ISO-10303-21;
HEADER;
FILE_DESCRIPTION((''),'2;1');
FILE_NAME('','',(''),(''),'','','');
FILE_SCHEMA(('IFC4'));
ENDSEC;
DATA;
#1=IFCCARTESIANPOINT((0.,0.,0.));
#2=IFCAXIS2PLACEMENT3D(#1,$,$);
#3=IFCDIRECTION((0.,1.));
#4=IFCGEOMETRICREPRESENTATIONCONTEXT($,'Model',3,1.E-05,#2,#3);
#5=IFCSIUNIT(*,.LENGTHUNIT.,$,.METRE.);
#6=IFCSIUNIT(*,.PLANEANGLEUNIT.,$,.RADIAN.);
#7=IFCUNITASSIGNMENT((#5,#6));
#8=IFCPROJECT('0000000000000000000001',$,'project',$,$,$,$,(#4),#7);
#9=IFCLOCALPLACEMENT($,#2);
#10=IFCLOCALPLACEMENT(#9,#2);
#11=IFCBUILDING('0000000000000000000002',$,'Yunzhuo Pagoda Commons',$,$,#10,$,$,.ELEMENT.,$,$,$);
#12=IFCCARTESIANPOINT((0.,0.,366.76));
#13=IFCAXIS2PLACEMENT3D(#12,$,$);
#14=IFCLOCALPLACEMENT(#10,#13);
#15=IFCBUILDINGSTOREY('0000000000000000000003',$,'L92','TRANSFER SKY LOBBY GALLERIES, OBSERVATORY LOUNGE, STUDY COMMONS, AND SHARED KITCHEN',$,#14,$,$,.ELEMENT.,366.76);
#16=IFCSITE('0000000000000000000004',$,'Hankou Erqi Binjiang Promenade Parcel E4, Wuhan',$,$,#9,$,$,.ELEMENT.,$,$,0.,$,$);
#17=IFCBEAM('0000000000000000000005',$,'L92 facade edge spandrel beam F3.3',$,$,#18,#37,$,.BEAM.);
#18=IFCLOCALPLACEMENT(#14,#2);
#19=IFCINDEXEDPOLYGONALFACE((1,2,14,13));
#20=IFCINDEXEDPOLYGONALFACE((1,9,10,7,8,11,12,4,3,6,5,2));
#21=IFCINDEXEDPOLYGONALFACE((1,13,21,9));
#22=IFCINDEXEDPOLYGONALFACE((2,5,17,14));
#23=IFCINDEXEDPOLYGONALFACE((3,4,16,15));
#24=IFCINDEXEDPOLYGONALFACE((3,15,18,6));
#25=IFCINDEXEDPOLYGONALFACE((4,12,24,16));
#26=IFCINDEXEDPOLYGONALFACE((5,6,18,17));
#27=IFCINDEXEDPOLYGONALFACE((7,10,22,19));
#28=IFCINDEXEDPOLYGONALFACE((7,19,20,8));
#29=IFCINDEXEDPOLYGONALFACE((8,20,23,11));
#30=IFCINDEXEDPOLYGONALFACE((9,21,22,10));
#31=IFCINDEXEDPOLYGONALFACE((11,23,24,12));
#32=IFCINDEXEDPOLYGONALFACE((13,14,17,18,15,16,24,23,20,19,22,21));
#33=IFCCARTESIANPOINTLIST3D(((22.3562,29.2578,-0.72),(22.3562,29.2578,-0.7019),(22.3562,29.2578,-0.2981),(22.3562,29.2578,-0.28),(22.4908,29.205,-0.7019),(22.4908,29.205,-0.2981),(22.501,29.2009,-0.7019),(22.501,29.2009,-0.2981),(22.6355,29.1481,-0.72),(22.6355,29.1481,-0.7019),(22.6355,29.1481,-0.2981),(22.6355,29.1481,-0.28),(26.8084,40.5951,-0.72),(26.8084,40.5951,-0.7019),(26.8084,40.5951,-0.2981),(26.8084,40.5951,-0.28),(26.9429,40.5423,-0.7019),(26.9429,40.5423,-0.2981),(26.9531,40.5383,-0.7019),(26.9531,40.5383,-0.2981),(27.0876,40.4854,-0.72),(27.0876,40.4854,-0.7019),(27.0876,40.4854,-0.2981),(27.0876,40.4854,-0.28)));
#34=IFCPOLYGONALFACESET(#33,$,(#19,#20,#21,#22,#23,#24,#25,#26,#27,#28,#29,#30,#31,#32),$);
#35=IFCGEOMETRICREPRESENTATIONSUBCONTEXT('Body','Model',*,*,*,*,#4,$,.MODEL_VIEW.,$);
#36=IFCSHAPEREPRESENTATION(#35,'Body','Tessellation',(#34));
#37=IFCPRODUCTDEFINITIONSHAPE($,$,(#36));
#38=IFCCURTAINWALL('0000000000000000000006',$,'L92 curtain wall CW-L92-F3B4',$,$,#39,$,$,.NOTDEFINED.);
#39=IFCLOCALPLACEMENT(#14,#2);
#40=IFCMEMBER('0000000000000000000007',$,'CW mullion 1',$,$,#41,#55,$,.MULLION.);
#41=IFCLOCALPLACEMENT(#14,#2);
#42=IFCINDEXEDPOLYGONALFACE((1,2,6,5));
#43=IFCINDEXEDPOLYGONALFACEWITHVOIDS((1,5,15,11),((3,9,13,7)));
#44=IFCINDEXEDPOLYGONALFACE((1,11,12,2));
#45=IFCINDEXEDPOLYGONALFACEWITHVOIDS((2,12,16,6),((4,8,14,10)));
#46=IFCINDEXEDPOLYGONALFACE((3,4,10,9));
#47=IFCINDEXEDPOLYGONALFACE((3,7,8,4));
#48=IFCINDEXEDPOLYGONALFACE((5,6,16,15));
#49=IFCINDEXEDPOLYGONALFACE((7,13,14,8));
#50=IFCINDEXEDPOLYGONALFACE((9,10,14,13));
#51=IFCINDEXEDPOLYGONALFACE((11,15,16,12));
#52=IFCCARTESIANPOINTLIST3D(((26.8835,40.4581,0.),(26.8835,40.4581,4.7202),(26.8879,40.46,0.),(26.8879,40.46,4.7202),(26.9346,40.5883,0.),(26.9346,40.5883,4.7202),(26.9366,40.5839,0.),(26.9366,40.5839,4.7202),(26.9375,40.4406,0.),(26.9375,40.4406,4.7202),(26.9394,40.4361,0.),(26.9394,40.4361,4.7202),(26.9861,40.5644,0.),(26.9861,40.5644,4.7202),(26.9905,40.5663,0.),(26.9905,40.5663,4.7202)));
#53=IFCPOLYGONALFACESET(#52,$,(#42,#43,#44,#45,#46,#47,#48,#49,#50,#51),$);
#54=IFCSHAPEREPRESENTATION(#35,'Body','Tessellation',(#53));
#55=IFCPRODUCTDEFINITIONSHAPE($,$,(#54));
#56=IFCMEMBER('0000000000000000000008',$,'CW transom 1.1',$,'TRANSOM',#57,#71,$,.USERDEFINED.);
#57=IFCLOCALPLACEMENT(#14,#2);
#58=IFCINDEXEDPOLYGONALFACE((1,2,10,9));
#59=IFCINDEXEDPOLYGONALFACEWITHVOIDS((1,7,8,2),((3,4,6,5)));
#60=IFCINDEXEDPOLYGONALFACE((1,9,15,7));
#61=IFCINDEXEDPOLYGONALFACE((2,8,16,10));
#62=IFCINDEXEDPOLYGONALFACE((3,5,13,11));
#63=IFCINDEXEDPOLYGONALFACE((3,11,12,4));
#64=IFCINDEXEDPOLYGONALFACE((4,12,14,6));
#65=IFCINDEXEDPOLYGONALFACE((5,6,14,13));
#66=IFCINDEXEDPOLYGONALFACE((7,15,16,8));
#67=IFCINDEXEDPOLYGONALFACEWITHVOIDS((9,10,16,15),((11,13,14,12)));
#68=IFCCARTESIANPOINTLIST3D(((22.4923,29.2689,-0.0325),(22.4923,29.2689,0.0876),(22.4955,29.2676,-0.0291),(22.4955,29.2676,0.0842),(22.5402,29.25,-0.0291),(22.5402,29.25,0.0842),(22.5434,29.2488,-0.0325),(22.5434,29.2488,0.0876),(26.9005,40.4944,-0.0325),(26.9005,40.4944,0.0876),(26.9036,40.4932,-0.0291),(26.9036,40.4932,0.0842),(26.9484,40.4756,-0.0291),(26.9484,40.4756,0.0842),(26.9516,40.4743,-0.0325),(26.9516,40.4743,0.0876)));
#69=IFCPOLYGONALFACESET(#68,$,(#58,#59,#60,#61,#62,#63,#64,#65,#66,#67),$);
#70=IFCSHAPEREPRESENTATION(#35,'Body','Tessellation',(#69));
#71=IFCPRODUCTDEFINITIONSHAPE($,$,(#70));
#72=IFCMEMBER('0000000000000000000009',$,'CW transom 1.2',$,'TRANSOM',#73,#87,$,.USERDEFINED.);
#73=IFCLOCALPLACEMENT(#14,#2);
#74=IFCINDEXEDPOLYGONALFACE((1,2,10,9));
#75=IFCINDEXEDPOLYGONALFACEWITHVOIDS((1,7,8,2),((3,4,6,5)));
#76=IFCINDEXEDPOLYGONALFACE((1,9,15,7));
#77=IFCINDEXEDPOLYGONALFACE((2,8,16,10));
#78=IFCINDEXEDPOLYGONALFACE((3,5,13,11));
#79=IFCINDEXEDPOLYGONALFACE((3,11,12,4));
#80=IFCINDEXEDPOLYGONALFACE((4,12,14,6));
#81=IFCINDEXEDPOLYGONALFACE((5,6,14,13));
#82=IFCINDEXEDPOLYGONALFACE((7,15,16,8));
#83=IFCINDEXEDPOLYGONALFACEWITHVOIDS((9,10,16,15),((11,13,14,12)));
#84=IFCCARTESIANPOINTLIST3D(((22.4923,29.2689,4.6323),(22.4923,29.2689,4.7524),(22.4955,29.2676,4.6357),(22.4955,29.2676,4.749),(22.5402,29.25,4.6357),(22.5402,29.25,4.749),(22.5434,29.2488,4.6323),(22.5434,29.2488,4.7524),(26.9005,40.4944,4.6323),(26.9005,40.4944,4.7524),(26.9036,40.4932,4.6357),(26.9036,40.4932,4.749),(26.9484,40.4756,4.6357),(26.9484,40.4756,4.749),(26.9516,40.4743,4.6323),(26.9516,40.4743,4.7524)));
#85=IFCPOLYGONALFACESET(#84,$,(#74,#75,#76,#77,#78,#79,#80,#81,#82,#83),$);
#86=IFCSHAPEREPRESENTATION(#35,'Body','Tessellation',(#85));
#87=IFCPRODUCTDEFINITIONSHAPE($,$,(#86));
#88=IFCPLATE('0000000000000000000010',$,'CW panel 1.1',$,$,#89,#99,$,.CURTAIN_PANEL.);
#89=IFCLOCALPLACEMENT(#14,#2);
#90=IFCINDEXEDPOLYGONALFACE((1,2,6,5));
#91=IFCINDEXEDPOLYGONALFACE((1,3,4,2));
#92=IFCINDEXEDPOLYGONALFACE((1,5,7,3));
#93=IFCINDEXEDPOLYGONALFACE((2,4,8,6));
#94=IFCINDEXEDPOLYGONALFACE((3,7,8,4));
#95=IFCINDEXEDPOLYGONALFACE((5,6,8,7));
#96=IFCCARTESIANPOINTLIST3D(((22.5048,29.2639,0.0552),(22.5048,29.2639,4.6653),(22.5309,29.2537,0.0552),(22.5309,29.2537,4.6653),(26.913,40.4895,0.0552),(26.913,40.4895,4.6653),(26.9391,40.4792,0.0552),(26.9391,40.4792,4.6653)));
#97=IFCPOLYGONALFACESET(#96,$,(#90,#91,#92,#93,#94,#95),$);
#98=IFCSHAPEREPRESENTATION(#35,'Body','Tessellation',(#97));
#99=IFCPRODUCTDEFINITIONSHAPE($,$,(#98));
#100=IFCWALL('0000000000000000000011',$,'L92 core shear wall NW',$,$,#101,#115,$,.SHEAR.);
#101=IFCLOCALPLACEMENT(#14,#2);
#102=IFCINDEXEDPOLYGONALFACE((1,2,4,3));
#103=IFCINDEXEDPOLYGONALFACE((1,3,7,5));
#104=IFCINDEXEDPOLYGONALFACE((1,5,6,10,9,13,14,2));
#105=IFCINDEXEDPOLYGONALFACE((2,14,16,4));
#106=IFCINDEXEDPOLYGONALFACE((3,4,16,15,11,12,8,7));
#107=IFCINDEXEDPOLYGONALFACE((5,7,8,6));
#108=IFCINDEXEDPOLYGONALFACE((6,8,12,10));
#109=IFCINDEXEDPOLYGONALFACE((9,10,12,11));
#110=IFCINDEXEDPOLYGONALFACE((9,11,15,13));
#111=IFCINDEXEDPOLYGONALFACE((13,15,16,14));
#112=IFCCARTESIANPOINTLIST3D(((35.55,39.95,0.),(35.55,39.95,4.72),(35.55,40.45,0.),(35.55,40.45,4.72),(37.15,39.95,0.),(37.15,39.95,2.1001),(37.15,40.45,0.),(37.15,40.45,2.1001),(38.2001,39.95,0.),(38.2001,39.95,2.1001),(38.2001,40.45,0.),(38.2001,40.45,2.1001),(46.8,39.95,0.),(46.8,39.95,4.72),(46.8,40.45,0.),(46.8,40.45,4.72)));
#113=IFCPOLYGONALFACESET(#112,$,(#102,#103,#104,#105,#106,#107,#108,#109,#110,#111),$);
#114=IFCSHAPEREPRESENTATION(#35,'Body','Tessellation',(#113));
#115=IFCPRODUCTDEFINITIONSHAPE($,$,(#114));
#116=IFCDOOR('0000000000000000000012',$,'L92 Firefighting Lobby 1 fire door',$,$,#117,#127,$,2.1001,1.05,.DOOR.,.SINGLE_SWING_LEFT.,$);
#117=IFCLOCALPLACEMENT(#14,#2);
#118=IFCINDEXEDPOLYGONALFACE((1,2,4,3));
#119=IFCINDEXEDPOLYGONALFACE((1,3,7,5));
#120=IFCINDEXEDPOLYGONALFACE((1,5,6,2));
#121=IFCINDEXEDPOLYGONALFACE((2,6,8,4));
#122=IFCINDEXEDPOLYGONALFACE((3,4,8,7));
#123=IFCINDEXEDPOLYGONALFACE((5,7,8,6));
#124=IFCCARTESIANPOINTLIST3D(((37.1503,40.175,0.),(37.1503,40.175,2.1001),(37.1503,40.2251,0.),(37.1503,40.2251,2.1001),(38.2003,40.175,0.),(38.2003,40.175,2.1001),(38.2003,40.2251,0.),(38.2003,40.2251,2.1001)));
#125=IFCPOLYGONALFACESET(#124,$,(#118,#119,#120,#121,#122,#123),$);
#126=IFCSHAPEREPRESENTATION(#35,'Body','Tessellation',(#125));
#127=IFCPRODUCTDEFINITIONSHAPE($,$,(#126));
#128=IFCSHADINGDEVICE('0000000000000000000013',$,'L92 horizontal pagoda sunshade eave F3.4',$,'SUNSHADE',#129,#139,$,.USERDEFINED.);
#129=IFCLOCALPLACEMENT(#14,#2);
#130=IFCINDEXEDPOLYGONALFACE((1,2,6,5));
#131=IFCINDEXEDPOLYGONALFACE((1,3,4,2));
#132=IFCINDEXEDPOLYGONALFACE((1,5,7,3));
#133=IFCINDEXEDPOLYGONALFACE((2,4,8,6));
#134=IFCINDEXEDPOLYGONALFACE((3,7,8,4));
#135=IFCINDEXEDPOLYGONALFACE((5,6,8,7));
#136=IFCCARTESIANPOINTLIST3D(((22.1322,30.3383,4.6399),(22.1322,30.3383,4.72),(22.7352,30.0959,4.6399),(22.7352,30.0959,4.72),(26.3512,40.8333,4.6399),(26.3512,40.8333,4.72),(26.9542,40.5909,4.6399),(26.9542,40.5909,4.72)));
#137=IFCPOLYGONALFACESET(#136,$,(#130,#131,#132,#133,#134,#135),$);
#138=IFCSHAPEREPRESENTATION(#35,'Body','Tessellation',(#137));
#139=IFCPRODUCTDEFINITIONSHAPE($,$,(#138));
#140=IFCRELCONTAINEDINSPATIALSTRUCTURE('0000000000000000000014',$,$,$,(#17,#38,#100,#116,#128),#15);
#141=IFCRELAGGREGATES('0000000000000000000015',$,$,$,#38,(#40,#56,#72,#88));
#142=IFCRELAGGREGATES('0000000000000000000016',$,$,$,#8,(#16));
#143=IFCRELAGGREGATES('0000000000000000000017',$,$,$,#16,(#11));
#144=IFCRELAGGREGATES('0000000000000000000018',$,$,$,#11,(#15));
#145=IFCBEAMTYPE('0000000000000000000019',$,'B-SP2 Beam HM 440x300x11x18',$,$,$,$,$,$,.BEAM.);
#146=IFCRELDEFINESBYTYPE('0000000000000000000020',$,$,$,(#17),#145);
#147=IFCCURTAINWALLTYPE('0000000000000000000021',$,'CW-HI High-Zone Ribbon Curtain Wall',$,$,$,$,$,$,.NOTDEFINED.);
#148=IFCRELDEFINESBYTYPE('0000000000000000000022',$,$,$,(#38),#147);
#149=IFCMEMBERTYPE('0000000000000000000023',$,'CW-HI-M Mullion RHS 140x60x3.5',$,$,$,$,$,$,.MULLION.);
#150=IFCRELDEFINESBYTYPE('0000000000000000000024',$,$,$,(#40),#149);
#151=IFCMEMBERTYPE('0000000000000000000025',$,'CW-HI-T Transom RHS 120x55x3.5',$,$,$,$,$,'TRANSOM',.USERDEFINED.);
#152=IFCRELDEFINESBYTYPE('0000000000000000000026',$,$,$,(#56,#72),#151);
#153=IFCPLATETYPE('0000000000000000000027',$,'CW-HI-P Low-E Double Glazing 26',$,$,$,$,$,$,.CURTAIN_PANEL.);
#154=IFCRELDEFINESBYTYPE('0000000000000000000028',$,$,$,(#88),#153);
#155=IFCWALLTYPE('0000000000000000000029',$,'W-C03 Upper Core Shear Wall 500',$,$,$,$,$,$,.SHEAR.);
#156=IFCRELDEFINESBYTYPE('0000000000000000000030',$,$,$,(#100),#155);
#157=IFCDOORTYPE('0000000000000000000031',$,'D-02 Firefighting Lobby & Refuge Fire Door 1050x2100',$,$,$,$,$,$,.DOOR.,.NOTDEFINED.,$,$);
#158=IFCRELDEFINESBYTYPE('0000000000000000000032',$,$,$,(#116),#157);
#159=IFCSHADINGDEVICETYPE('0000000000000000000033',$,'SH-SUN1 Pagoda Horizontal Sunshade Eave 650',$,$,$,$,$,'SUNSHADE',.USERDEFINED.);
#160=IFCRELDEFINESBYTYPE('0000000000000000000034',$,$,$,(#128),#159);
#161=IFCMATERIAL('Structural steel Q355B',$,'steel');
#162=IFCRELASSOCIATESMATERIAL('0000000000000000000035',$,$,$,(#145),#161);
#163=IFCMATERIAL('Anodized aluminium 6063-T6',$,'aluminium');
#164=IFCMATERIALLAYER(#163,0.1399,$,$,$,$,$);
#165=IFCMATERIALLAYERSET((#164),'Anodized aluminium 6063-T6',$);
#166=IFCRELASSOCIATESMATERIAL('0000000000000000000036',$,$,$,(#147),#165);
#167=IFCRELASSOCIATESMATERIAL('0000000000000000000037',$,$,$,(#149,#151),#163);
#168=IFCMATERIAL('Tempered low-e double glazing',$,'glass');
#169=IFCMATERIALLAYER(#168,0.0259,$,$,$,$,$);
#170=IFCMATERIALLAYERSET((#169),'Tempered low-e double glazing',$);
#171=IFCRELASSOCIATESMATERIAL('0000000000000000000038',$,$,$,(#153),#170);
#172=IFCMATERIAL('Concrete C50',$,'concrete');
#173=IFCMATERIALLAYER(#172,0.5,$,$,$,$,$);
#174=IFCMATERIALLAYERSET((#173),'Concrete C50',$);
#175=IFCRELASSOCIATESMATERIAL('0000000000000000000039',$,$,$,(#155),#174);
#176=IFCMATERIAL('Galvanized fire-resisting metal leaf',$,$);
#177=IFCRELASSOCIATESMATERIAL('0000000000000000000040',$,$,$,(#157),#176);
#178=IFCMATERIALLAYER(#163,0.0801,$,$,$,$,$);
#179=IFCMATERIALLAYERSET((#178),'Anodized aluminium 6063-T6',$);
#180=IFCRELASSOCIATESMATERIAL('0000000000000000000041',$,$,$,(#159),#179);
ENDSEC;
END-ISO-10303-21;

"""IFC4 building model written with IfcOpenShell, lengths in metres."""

from ifc_helpers import new_model, si_unit, direction, frame, frame_2d, origin, origin_2d, place, context, subcontext, project, spatial, rectangle, hollow_rectangle, i_section, extrude, source, transform, mapped, material, layer, layer_set, material_profile, profile_set, type_object, element, fill, aggregate, save


model = new_model("IFC4")

# Units and contexts
model_context = context("Model", 3, precision=1e-05, world=origin(), true_north=direction((0.0, 1.0)))
body_context = subcontext(model_context, "Body", "Model", "MODEL_VIEW")
ifc_project = project(units=[si_unit("LENGTHUNIT", "METRE"), si_unit("PLANEANGLEUNIT", "RADIAN")], contexts=[model_context])

# Site, building, storey
site_placement = place(None, origin())
site = spatial("IfcSite", under=ifc_project, at=site_placement, Name="Hankou Erqi Binjiang Promenade Parcel E4, Wuhan", CompositionType="ELEMENT", RefElevation=0.0)
building_placement = place(site_placement, origin())
building = spatial("IfcBuilding", under=site, at=building_placement, Name="Yunzhuo Pagoda Commons", CompositionType="ELEMENT")
storey_placement = place(building_placement, frame((0.0, 0.0, 366.76)))
storey = spatial("IfcBuildingStorey", under=building, at=storey_placement, Name="L92", Description="TRANSFER SKY LOBBY GALLERIES, OBSERVATORY LOUNGE, STUDY COMMONS, AND SHARED KITCHEN", CompositionType="ELEMENT", Elevation=366.76)

# Shared definitions
ifc_material_1 = material(Name="Structural steel Q355B", Category="steel")

# Beam
ifc_material_profile_1 = material_profile(ifc_material_1, i_section(OverallWidth=0.3, OverallDepth=0.4399, WebThickness=0.011, FlangeThickness=0.0181, at=origin_2d()), Name="Structural steel Q355B")
ifc_profile_set_1 = profile_set([ifc_material_profile_1], Name="Structural steel Q355B")
beam_type_1 = type_object("IfcBeamType", Name="B-SP2 Beam HM 440x300x11x18", PredefinedType="BEAM", material=ifc_profile_set_1)
shared_shape_1 = source(origin(), body_context, "Body", "SweptSolid", [
    extrude(i_section(OverallWidth=0.3, OverallDepth=0.4399, WebThickness=0.011, FlangeThickness=0.0181, at=origin_2d()), origin(), (0.0, 0.0, 1.0), 12.1802),
])
beam_1_placement = place(storey_placement, frame((26.948, 40.5403, -0.5), z_axis=(-0.365522, -0.930803, 0.0), x_axis=(0.930803, -0.365522, 0.0)))
element("IfcBeam", 1, at=beam_1_placement, inside=storey, type_object=beam_type_1, Name="L92 facade edge spandrel beam F3.3", PredefinedType="BEAM", context=body_context, shape_type="MappedRepresentation", body=[
    mapped(shared_shape_1, transform((0.0, 0.0, 0.0), scale=1.0)),
])

# Curtain wall, members, plate
ifc_material_2 = material(Name="Anodized aluminium 6063-T6", Category="aluminium")
ifc_layer_1 = layer(ifc_material_2, 0.1399)
ifc_layer_set_1 = layer_set([ifc_layer_1], Name="Anodized aluminium 6063-T6")
curtain_wall_type = type_object("IfcCurtainWallType", Name="CW-HI High-Zone Ribbon Curtain Wall", PredefinedType="NOTDEFINED", material=ifc_layer_set_1)
curtain_wall_placement = place(storey_placement, origin())
curtain_wall = element("IfcCurtainWall", 2, at=curtain_wall_placement, inside=storey, type_object=curtain_wall_type, Name="L92 curtain wall CW-L92-F3B4", PredefinedType="NOTDEFINED")
ifc_material_profile_2 = material_profile(ifc_material_2, hollow_rectangle(XDim=0.0601, YDim=0.1399, WallThickness=0.0034, at=origin_2d()), Name="Anodized aluminium 6063-T6")
ifc_profile_set_2 = profile_set([ifc_material_profile_2], Name="Anodized aluminium 6063-T6")
member_type_1 = type_object("IfcMemberType", Name="CW-HI-M Mullion RHS 140x60x3.5", PredefinedType="MULLION", material=ifc_profile_set_2)
shared_shape_2 = source(origin(), body_context, "Body", "SweptSolid", [
    extrude(hollow_rectangle(XDim=0.0601, YDim=0.1399, WallThickness=0.0034, at=origin_2d()), origin(), (0.0, 0.0, 1.0), 4.7202),
])
member_1_placement = place(storey_placement, frame((26.937, 40.5122, 0.0), z_axis=(0.0, 0.0, 1.0), x_axis=(0.930803, -0.365522, 0.0)))
member_1 = element("IfcMember", 3, at=member_1_placement, type_object=member_type_1, Name="CW mullion 1", PredefinedType="MULLION", context=body_context, shape_type="MappedRepresentation", body=[
    mapped(shared_shape_2, transform((0.0, 0.0, 0.0), scale=1.0)),
])
ifc_material_profile_3 = material_profile(ifc_material_2, hollow_rectangle(XDim=0.0549, YDim=0.1201, WallThickness=0.0034, at=origin_2d()), Name="Anodized aluminium 6063-T6")
ifc_profile_set_3 = profile_set([ifc_material_profile_3], Name="Anodized aluminium 6063-T6")
member_type_2 = type_object("IfcMemberType", Name="CW-HI-T Transom RHS 120x55x3.5", ElementType="TRANSOM", PredefinedType="USERDEFINED", material=ifc_profile_set_3)
shared_shape_3 = source(origin(), body_context, "Body", "SweptSolid", [
    extrude(hollow_rectangle(XDim=0.0549, YDim=0.1201, WallThickness=0.0034, at=origin_2d()), origin(), (0.0, 0.0, 1.0), 12.0601),
])
member_2_placement = place(storey_placement, frame((26.926, 40.4844, 0.0276), z_axis=(-0.36552, -0.930804, 0.0), x_axis=(0.930804, -0.36552, 0.0)))
member_2 = element("IfcMember", 4, at=member_2_placement, type_object=member_type_2, Name="CW transom 1.1", ObjectType="TRANSOM", PredefinedType="USERDEFINED", context=body_context, shape_type="MappedRepresentation", body=[
    mapped(shared_shape_3, transform((0.0, 0.0, 0.0), scale=1.0)),
])
member_3_placement = place(storey_placement, frame((26.926, 40.4844, 4.6924), z_axis=(-0.36552, -0.930804, 0.0), x_axis=(0.930804, -0.36552, 0.0)))
member_3 = element("IfcMember", 5, at=member_3_placement, type_object=member_type_2, Name="CW transom 1.2", ObjectType="TRANSOM", PredefinedType="USERDEFINED", context=body_context, shape_type="MappedRepresentation", body=[
    mapped(shared_shape_3, transform((0.0, 0.0, 0.0), scale=1.0)),
])
ifc_material_3 = material(Name="Tempered low-e double glazing", Category="glass")
ifc_layer_2 = layer(ifc_material_3, 0.0259)
ifc_layer_set_2 = layer_set([ifc_layer_2], Name="Tempered low-e double glazing")
plate_type = type_object("IfcPlateType", Name="CW-HI-P Low-E Double Glazing 26", PredefinedType="CURTAIN_PANEL", material=ifc_layer_set_2)
shared_shape_4 = source(origin(), body_context, "Body", "SweptSolid", [
    extrude(rectangle(XDim=12.0601, YDim=0.0281, at=origin_2d()), origin(), (0.0, 0.0, 1.0), 4.6101),
])
plate_placement = place(storey_placement, frame((24.7219, 34.8716, 0.0552), z_axis=(0.0, 0.0, 1.0), x_axis=(-0.365522, -0.930803, 0.0)))
plate = element("IfcPlate", 6, at=plate_placement, type_object=plate_type, Name="CW panel 1.1", PredefinedType="CURTAIN_PANEL", context=body_context, shape_type="MappedRepresentation", body=[
    mapped(shared_shape_4, transform((0.0, 0.0, 0.0), scale=1.0)),
])
aggregate(curtain_wall, [member_1, member_2, member_3, plate])

# Wall, opening, door
ifc_material_4 = material(Name="Concrete C50", Category="concrete")
ifc_layer_3 = layer(ifc_material_4, 0.5)
ifc_layer_set_3 = layer_set([ifc_layer_3], Name="Concrete C50")
wall_type = type_object("IfcWallType", Name="W-C03 Upper Core Shear Wall 500", PredefinedType="SHEAR", material=ifc_layer_set_3)
wall_placement = place(storey_placement, frame((35.55, 40.2, 0.0), z_axis=(0.0, 0.0, 1.0), x_axis=(1.0, 0.0, 0.0)))
wall = element("IfcWall", 7, at=wall_placement, inside=storey, type_object=wall_type, Name="L92 core shear wall NW", PredefinedType="SHEAR", context=body_context, shape_type="SweptSolid", body=[
    extrude(rectangle(XDim=11.25, YDim=0.5, at=frame_2d((5.625, 0.0))), origin(), (0.0, 0.0, 1.0), 4.72),
])
opening_placement = place(wall_placement, frame((1.6001, 0.0, 0.0)))
opening = element("IfcOpeningElement", 8, at=opening_placement, cuts=wall, PredefinedType="OPENING", context=body_context, shape_type="SweptSolid", body=[
    extrude(rectangle(XDim=1.05, YDim=2.1001, at=frame_2d((0.5249, 1.05))), frame((0.0, 0.26, 0.0), z_axis=(0.0, -1.0, 0.0), x_axis=(1.0, 0.0, 0.0)), (0.0, 0.0, 1.0), 0.52),
])
ifc_material_5 = material(Name="Galvanized fire-resisting metal leaf")
door_type = type_object("IfcDoorType", Name="D-02 Firefighting Lobby & Refuge Fire Door 1050x2100", OperationType="NOTDEFINED", PredefinedType="DOOR", material=ifc_material_5)
shared_shape_5 = source(origin(), body_context, "Body", "SweptSolid", [
    extrude(rectangle(XDim=1.05, YDim=2.1001, at=frame_2d((0.5249, 1.05))), frame((0.0, 0.0249, 0.0), z_axis=(0.0, -1.0, 0.0), x_axis=(1.0, 0.0, 0.0)), (0.0, 0.0, 1.0), 0.05),
])
door_placement = place(opening_placement, frame((1.05, 0.0, 0.0), z_axis=(0.0, 0.0, 1.0), x_axis=(-1.0, 0.0, 0.0)))
door = element("IfcDoor", 9, at=door_placement, inside=storey, type_object=door_type, Name="L92 Firefighting Lobby 1 fire door", OperationType="SINGLE_SWING_LEFT", OverallHeight=2.1001, OverallWidth=1.05, PredefinedType="DOOR", context=body_context, shape_type="MappedRepresentation", body=[
    mapped(shared_shape_5, transform((0.0, 0.0, 0.0), scale=1.0)),
])
fill(opening, door)

# Shading device
ifc_layer_4 = layer(ifc_material_2, 0.0801)
ifc_layer_set_4 = layer_set([ifc_layer_4], Name="Anodized aluminium 6063-T6")
shading_device_type = type_object("IfcShadingDeviceType", Name="SH-SUN1 Pagoda Horizontal Sunshade Eave 650", ElementType="SUNSHADE", PredefinedType="USERDEFINED", material=ifc_layer_set_4)
shared_shape_6 = source(origin(), body_context, "Body", "SweptSolid", [
    extrude(rectangle(XDim=11.3113, YDim=0.6499, at=origin_2d()), origin(), (0.0, 0.0, 1.0), 0.0801),
])
shading_device_placement = place(storey_placement, frame((24.5432, 35.4646, 4.6399), z_axis=(0.0, 0.0, 1.0), x_axis=(-0.372988, -0.927836, 0.0)))
element("IfcShadingDevice", 10, at=shading_device_placement, inside=storey, type_object=shading_device_type, Name="L92 horizontal pagoda sunshade eave F3.4", ObjectType="SUNSHADE", PredefinedType="USERDEFINED", context=body_context, shape_type="MappedRepresentation", body=[
    mapped(shared_shape_6, transform((0.0, 0.0, 0.0), scale=1.0)),
])

save(model, "model.ifc")
